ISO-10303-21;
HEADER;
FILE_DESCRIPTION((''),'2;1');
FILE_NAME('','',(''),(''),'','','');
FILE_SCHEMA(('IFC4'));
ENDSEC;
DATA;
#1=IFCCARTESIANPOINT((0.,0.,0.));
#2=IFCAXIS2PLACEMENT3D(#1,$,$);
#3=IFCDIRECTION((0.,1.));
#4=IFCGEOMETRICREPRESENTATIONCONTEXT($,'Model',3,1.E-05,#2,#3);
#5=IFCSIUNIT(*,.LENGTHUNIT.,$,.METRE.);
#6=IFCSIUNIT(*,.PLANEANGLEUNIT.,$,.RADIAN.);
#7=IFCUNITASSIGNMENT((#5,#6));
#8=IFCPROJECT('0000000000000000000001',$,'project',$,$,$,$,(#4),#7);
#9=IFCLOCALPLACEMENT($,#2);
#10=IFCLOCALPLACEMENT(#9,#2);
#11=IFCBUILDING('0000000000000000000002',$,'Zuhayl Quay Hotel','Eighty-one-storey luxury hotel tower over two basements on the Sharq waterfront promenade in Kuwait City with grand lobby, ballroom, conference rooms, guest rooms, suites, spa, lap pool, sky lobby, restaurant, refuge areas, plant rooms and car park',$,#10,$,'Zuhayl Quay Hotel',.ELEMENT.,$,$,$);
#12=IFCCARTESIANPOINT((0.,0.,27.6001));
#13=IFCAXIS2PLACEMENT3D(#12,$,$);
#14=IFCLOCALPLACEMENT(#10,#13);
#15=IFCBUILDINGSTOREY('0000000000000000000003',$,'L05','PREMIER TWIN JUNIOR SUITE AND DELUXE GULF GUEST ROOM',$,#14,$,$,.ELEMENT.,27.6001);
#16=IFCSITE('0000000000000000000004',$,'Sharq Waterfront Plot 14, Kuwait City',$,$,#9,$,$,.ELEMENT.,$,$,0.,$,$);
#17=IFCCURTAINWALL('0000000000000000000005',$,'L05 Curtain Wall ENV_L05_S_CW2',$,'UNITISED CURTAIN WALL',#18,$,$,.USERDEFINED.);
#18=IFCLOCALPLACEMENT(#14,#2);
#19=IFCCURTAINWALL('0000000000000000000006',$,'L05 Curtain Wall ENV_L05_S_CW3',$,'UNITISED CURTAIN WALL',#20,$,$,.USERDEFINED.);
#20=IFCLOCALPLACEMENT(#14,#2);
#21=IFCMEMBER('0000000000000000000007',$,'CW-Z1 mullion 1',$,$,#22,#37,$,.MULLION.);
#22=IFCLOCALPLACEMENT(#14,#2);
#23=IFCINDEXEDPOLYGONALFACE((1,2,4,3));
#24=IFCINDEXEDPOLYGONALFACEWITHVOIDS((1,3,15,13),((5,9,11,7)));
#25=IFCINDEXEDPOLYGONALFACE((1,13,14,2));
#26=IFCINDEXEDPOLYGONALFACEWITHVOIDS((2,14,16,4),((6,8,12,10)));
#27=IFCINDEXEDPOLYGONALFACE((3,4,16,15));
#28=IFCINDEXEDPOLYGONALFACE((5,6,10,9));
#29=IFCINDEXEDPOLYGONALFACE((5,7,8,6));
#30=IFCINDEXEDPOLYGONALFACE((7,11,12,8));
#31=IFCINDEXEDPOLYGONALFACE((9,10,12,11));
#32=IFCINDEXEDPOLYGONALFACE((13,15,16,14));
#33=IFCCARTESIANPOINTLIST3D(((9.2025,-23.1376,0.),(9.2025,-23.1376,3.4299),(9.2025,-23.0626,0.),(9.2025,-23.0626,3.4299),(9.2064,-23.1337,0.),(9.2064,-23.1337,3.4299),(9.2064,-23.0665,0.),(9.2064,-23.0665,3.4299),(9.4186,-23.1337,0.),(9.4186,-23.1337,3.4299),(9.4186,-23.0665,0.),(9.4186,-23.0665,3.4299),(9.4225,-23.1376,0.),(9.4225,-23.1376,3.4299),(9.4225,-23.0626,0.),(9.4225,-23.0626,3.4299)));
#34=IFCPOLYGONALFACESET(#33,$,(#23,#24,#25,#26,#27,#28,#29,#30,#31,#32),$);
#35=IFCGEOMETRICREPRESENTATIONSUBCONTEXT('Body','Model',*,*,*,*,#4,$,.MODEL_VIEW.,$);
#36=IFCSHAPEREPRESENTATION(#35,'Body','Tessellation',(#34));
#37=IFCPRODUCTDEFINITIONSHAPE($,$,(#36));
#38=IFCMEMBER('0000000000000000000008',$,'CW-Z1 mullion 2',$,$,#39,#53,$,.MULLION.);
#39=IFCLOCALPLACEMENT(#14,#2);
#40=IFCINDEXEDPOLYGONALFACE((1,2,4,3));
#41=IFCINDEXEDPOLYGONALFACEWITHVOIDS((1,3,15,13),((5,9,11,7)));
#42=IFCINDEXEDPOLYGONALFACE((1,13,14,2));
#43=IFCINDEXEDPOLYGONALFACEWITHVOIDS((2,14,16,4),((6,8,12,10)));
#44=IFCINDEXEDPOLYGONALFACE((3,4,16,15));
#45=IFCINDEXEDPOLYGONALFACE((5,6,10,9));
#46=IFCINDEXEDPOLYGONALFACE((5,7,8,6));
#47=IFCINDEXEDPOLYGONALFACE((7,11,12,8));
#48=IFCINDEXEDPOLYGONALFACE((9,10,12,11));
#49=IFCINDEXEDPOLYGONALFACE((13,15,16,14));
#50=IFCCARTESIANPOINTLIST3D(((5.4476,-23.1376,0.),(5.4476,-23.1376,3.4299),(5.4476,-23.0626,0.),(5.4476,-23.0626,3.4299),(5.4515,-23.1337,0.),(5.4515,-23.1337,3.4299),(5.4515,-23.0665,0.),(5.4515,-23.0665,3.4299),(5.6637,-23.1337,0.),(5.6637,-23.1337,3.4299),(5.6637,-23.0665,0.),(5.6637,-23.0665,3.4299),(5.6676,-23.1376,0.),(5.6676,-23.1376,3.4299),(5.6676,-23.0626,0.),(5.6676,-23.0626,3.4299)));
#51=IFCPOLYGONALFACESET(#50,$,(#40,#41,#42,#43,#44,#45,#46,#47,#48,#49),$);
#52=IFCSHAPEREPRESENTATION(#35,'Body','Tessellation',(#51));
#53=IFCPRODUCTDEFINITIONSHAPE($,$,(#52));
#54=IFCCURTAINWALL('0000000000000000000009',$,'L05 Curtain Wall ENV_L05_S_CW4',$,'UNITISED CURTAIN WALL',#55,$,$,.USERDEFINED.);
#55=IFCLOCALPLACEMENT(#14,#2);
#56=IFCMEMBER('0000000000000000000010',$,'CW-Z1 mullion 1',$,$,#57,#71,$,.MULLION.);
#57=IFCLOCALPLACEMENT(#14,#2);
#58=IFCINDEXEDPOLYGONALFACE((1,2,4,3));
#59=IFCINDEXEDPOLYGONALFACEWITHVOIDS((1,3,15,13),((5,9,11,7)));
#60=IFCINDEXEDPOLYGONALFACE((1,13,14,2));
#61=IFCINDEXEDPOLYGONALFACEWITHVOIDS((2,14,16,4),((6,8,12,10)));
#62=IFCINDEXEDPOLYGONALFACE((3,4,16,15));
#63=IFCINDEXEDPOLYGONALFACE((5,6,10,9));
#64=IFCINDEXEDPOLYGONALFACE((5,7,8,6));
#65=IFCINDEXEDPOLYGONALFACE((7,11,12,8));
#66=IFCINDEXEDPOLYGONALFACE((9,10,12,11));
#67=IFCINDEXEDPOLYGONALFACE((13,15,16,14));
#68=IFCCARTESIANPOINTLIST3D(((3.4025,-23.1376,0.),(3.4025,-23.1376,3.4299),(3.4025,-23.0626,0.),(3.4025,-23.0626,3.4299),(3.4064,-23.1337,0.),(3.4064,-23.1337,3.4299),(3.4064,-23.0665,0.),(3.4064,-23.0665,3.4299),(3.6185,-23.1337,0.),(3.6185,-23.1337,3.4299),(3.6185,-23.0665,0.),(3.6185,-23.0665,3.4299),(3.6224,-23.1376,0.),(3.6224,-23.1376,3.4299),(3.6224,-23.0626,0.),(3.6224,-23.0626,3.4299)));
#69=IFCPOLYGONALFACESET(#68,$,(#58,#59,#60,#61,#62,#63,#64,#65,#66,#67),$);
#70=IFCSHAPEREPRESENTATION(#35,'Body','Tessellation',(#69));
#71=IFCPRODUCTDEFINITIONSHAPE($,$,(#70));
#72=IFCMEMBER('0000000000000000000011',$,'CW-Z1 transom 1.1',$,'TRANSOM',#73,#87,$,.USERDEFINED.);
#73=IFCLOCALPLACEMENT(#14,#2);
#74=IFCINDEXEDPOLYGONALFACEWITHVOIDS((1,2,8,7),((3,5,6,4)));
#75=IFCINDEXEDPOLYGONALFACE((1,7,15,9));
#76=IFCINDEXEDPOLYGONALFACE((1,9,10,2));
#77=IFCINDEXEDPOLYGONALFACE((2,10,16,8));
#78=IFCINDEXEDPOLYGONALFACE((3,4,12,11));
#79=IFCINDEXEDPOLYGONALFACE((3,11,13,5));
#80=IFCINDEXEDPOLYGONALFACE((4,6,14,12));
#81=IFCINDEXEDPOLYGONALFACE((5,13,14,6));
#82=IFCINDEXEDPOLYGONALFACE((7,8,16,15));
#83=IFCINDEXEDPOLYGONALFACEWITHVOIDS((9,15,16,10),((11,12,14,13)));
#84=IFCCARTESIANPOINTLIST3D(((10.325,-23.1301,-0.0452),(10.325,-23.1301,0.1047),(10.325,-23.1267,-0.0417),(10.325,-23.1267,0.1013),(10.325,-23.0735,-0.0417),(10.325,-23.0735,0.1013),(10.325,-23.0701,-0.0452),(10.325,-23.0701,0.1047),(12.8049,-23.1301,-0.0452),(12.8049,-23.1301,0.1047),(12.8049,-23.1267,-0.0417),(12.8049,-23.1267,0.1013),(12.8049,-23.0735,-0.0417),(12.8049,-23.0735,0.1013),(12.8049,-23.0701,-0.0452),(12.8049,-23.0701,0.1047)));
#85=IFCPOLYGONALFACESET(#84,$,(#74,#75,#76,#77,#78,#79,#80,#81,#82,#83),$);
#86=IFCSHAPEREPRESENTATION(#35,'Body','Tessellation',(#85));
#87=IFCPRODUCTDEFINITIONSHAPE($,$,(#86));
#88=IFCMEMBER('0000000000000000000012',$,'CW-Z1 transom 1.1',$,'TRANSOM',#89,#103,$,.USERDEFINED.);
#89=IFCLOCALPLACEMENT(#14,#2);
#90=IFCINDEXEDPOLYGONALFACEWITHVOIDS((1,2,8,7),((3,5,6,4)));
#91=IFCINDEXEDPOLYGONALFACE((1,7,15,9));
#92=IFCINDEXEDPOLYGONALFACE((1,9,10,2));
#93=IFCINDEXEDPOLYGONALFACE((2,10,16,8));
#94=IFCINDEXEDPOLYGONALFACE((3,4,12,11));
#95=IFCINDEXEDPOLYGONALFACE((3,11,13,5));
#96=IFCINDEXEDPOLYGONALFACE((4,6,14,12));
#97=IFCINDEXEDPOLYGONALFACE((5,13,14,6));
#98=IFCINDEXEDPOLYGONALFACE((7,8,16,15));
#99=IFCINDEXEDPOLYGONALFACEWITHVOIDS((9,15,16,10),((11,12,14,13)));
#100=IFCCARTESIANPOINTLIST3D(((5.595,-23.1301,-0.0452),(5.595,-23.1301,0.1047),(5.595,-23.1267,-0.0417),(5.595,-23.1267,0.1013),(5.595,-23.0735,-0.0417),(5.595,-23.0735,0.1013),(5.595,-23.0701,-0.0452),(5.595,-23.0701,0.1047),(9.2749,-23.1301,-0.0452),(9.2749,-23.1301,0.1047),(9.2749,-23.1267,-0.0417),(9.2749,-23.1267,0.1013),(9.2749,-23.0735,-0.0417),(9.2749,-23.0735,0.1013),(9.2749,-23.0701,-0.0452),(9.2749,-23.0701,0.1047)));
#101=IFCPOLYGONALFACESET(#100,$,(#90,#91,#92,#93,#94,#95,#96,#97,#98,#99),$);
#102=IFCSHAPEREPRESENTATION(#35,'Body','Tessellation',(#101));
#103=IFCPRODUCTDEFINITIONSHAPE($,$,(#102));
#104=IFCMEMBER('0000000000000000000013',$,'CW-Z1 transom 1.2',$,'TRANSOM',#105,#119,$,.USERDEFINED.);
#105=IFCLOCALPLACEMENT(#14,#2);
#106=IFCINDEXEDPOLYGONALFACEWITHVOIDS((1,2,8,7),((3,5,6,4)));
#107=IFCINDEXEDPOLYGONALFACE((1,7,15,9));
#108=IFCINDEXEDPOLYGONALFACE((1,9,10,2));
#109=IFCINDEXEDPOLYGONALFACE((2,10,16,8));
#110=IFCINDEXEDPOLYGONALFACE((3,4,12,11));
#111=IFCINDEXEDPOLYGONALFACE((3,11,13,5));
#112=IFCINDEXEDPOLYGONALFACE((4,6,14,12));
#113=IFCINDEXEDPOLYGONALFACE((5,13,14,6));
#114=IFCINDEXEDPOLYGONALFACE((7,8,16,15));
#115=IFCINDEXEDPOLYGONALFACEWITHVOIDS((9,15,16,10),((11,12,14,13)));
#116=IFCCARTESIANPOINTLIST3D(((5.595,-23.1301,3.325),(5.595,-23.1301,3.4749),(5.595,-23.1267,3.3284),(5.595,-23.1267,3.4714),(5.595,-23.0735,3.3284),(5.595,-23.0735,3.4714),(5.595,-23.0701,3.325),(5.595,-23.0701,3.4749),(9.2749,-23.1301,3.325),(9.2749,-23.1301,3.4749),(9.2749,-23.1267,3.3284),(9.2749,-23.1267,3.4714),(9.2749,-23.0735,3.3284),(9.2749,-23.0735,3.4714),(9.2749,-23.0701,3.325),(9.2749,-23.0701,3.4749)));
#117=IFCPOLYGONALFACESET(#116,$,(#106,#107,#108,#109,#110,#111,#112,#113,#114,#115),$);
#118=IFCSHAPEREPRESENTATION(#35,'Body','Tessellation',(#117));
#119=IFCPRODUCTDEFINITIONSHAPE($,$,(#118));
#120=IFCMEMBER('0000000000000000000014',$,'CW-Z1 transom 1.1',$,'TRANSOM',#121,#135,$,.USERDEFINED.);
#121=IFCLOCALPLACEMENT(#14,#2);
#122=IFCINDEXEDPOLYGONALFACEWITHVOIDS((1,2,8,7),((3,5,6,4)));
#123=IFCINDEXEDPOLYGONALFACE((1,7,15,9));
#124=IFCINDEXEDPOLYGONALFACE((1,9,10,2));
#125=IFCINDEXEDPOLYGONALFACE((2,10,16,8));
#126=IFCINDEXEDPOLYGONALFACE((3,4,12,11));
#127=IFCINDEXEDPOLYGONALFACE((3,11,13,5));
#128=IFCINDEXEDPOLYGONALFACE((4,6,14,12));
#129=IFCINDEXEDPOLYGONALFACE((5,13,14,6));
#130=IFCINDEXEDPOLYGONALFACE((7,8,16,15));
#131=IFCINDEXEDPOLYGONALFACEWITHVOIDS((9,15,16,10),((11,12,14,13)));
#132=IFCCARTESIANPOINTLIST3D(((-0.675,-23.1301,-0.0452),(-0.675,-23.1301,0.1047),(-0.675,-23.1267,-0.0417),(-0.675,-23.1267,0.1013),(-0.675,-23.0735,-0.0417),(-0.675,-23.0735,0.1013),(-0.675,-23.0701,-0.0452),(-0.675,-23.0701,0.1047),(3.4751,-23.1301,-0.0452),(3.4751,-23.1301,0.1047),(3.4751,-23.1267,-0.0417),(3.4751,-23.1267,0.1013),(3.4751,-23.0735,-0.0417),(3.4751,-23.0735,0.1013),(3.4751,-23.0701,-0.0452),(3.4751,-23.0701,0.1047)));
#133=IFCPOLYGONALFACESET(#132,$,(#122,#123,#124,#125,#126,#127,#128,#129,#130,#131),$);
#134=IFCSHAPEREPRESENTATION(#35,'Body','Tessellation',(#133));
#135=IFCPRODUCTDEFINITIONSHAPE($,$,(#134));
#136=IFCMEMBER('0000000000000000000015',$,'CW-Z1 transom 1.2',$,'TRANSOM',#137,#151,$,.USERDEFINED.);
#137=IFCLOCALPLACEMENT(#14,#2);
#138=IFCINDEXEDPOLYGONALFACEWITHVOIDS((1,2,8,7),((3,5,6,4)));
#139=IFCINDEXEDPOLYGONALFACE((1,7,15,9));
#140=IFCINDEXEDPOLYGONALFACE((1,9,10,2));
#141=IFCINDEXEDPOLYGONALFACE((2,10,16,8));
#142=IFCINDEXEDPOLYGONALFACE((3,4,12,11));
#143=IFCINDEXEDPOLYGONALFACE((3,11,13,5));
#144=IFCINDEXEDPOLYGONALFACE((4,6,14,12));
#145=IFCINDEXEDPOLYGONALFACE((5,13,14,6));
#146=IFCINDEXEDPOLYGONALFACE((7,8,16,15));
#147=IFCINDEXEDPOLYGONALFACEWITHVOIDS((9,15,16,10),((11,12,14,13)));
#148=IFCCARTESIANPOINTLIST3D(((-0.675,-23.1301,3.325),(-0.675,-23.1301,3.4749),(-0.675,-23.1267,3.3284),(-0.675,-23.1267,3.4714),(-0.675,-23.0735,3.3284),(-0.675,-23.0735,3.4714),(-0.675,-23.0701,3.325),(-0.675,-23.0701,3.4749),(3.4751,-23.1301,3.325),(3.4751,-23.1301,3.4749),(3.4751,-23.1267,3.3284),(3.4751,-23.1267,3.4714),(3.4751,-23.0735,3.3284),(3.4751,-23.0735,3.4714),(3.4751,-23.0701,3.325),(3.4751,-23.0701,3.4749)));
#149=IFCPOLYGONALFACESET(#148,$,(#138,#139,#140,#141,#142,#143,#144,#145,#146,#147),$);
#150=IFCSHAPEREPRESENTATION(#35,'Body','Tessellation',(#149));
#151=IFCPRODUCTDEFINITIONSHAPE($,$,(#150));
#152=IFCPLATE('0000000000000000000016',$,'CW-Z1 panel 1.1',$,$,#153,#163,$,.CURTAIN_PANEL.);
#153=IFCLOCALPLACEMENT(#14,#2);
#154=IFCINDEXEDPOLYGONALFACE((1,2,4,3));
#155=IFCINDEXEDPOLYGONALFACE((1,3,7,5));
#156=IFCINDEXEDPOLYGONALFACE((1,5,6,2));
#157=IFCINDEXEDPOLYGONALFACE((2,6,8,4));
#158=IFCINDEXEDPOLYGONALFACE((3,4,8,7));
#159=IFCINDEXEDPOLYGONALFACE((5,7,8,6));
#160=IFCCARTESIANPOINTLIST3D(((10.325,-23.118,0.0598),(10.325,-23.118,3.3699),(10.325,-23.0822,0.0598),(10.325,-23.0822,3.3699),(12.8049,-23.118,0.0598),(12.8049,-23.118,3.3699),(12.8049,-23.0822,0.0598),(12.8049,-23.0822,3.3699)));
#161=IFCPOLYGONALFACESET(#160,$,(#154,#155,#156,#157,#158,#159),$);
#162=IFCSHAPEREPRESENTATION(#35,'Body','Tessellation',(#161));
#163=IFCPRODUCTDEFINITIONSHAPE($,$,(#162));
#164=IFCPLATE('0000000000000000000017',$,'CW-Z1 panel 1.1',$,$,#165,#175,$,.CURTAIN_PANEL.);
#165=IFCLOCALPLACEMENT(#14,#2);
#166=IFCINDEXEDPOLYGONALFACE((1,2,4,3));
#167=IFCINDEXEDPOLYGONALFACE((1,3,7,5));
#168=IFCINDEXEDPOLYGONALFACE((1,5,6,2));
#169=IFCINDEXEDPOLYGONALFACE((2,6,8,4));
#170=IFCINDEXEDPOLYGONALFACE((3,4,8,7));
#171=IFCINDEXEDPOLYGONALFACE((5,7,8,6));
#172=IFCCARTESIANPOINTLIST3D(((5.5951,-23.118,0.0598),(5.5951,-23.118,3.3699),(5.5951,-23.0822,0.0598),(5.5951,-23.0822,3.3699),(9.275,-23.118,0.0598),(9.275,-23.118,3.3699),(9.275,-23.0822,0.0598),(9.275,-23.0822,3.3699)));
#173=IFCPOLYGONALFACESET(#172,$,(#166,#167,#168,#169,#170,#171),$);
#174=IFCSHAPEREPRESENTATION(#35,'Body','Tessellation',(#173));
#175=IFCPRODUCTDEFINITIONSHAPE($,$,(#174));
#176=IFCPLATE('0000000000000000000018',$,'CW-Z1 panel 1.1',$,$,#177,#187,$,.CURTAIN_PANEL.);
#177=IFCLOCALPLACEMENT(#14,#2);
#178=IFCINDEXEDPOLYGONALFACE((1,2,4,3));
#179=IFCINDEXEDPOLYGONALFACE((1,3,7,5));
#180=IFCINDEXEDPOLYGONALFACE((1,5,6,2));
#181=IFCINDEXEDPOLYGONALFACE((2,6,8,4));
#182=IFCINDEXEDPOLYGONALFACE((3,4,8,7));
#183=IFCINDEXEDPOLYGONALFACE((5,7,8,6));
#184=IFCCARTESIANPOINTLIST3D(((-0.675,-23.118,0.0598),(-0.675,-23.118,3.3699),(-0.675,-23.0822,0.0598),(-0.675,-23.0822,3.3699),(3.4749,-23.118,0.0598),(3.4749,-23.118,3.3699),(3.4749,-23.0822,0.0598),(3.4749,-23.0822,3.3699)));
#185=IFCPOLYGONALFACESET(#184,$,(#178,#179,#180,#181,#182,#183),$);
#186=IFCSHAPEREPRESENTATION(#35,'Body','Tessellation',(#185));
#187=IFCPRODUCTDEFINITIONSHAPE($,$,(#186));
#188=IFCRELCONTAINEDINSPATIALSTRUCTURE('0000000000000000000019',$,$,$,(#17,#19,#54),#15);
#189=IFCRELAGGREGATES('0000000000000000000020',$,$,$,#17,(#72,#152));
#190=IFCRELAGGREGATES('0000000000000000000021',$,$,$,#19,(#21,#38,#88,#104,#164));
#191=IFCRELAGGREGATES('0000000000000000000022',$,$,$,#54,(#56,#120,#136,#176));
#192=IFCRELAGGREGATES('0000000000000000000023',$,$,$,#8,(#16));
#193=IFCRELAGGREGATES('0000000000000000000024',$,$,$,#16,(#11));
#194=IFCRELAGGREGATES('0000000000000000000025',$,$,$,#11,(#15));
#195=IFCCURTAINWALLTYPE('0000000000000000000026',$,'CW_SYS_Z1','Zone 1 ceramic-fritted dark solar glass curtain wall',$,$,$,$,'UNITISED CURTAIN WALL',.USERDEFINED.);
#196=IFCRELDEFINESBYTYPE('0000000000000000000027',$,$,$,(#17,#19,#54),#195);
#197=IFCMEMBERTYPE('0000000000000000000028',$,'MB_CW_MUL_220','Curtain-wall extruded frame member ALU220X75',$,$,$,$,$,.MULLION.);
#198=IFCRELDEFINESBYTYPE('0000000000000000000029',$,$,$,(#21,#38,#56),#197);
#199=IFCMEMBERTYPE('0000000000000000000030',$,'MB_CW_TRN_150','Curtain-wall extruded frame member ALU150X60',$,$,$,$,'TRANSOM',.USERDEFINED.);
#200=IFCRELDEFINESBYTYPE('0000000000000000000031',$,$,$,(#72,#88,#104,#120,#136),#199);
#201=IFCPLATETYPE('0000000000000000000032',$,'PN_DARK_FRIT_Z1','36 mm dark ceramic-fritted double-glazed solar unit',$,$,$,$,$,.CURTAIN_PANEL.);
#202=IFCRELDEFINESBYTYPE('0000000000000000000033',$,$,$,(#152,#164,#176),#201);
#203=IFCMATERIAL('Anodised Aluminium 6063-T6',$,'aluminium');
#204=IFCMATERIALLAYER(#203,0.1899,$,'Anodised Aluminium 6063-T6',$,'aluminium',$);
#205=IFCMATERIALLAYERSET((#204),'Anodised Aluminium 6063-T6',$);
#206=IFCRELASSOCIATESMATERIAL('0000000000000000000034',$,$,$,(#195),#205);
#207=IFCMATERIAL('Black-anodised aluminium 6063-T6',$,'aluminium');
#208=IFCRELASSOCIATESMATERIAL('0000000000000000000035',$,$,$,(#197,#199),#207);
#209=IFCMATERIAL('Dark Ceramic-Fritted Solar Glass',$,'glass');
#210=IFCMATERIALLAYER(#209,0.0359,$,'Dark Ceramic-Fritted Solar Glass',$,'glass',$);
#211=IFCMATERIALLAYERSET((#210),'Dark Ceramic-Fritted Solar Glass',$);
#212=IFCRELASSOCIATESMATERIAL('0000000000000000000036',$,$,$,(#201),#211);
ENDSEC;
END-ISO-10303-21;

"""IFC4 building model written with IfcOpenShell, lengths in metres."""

from ifc_helpers import new_model, si_unit, direction, frame, origin, origin_2d, place, context, subcontext, project, spatial, rectangle, hollow_rectangle, extrude, material, layer, layer_set, material_profile, profile_set, type_object, element, aggregate, save


model = new_model("IFC4")

# Units and contexts
model_context = context("Model", 3, precision=1e-05, world=origin(), true_north=direction((0.0, 1.0)))
body_context = subcontext(model_context, "Body", "Model", "MODEL_VIEW")
ifc_project = project(units=[si_unit("LENGTHUNIT", "METRE"), si_unit("PLANEANGLEUNIT", "RADIAN")], contexts=[model_context])

# Site, building, storey
site_placement = place(None, origin())
site = spatial("IfcSite", under=ifc_project, at=site_placement, Name="Sharq Waterfront Plot 14, Kuwait City", CompositionType="ELEMENT", RefElevation=0.0)
building_placement = place(site_placement, origin())
building = spatial("IfcBuilding", under=site, at=building_placement, Name="Zuhayl Quay Hotel", Description="Eighty-one-storey luxury hotel tower over two basements on the Sharq waterfront promenade in Kuwait City with grand lobby, ballroom, conference rooms, guest rooms, suites, spa, lap pool, sky lobby, restaurant, refuge areas, plant rooms and car park", LongName="Zuhayl Quay Hotel", CompositionType="ELEMENT")
storey_placement = place(building_placement, frame((0.0, 0.0, 27.6001)))
storey = spatial("IfcBuildingStorey", under=building, at=storey_placement, Name="L05", Description="PREMIER TWIN JUNIOR SUITE AND DELUXE GULF GUEST ROOM", CompositionType="ELEMENT", Elevation=27.6001)

# Curtain wall
ifc_material_1 = material(Name="Anodised Aluminium 6063-T6", Category="aluminium")
ifc_layer_1 = layer(ifc_material_1, 0.1899, Name="Anodised Aluminium 6063-T6", Category="aluminium")
ifc_layer_set_1 = layer_set([ifc_layer_1], Name="Anodised Aluminium 6063-T6")
curtain_wall_type = type_object("IfcCurtainWallType", Name="CW_SYS_Z1", Description="Zone 1 ceramic-fritted dark solar glass curtain wall", ElementType="UNITISED CURTAIN WALL", PredefinedType="USERDEFINED", material=ifc_layer_set_1)
curtain_wall_1_placement = place(storey_placement, origin())
curtain_wall_1 = element("IfcCurtainWall", 1, at=curtain_wall_1_placement, inside=storey, type_object=curtain_wall_type, Name="L05 Curtain Wall ENV_L05_S_CW2", ObjectType="UNITISED CURTAIN WALL", PredefinedType="USERDEFINED")
ifc_material_2 = material(Name="Black-anodised aluminium 6063-T6", Category="aluminium")
ifc_material_profile_1 = material_profile(ifc_material_2, hollow_rectangle(XDim=0.075, YDim=0.22, WallThickness=0.0039, at=origin_2d()), Name="ALU220X75")
ifc_profile_set_1 = profile_set([ifc_material_profile_1], Name="Black-anodised aluminium 6063-T6")
member_type_1 = type_object("IfcMemberType", Name="MB_CW_MUL_220", Description="Curtain-wall extruded frame member ALU220X75", PredefinedType="MULLION", material=ifc_profile_set_1)

# Curtain wall, members
curtain_wall_2_placement = place(storey_placement, origin())
curtain_wall_2 = element("IfcCurtainWall", 2, at=curtain_wall_2_placement, inside=storey, type_object=curtain_wall_type, Name="L05 Curtain Wall ENV_L05_S_CW3", ObjectType="UNITISED CURTAIN WALL", PredefinedType="USERDEFINED")
member_1_placement = place(storey_placement, frame((9.3125, -23.1001, 0.0), z_axis=(0.0, 0.0, 1.0), x_axis=(0.0, -1.0, 0.0)))
member_1 = element("IfcMember", 3, at=member_1_placement, type_object=member_type_1, Name="CW-Z1 mullion 1", PredefinedType="MULLION", context=body_context, shape_type="SweptSolid", body=[
    extrude(hollow_rectangle(XDim=0.075, YDim=0.22, WallThickness=0.0039, at=origin_2d()), origin(), (0.0, 0.0, 1.0), 3.4299),
])
member_2_placement = place(storey_placement, frame((5.5576, -23.1001, 0.0), z_axis=(0.0, 0.0, 1.0), x_axis=(0.0, -1.0, 0.0)))
member_2 = element("IfcMember", 4, at=member_2_placement, type_object=member_type_1, Name="CW-Z1 mullion 2", PredefinedType="MULLION", context=body_context, shape_type="SweptSolid", body=[
    extrude(hollow_rectangle(XDim=0.075, YDim=0.22, WallThickness=0.0039, at=origin_2d()), origin(), (0.0, 0.0, 1.0), 3.4299),
])

# Curtain wall, member
curtain_wall_3_placement = place(storey_placement, origin())
curtain_wall_3 = element("IfcCurtainWall", 5, at=curtain_wall_3_placement, inside=storey, type_object=curtain_wall_type, Name="L05 Curtain Wall ENV_L05_S_CW4", ObjectType="UNITISED CURTAIN WALL", PredefinedType="USERDEFINED")
member_3_placement = place(storey_placement, frame((3.5125, -23.1001, 0.0), z_axis=(0.0, 0.0, 1.0), x_axis=(0.0, -1.0, 0.0)))
member_3 = element("IfcMember", 6, at=member_3_placement, type_object=member_type_1, Name="CW-Z1 mullion 1", PredefinedType="MULLION", context=body_context, shape_type="SweptSolid", body=[
    extrude(hollow_rectangle(XDim=0.075, YDim=0.22, WallThickness=0.0039, at=origin_2d()), origin(), (0.0, 0.0, 1.0), 3.4299),
])

# Members
ifc_material_profile_2 = material_profile(ifc_material_2, hollow_rectangle(XDim=0.0601, YDim=0.1499, WallThickness=0.0034, at=origin_2d()), Name="ALU150X60")
ifc_profile_set_2 = profile_set([ifc_material_profile_2], Name="Black-anodised aluminium 6063-T6")
member_type_2 = type_object("IfcMemberType", Name="MB_CW_TRN_150", Description="Curtain-wall extruded frame member ALU150X60", ElementType="TRANSOM", PredefinedType="USERDEFINED", material=ifc_profile_set_2)
member_4_placement = place(storey_placement, frame((12.8049, -23.1001, 0.0298), z_axis=(-1.0, 0.0, 0.0), x_axis=(0.0, -1.0, 0.0)))
member_4 = element("IfcMember", 7, at=member_4_placement, type_object=member_type_2, Name="CW-Z1 transom 1.1", ObjectType="TRANSOM", PredefinedType="USERDEFINED", context=body_context, shape_type="SweptSolid", body=[
    extrude(hollow_rectangle(XDim=0.0601, YDim=0.1499, WallThickness=0.0034, at=origin_2d()), origin(), (0.0, 0.0, 1.0), 2.48),
])
member_5_placement = place(storey_placement, frame((9.2749, -23.1001, 0.0298), z_axis=(-1.0, 0.0, 0.0), x_axis=(0.0, -1.0, 0.0)))
member_5 = element("IfcMember", 8, at=member_5_placement, type_object=member_type_2, Name="CW-Z1 transom 1.1", ObjectType="TRANSOM", PredefinedType="USERDEFINED", context=body_context, shape_type="SweptSolid", body=[
    extrude(hollow_rectangle(XDim=0.0601, YDim=0.1499, WallThickness=0.0034, at=origin_2d()), origin(), (0.0, 0.0, 1.0), 3.6799),
])
member_6_placement = place(storey_placement, frame((9.2749, -23.1001, 3.3999), z_axis=(-1.0, 0.0, 0.0), x_axis=(0.0, -1.0, 0.0)))
member_6 = element("IfcMember", 9, at=member_6_placement, type_object=member_type_2, Name="CW-Z1 transom 1.2", ObjectType="TRANSOM", PredefinedType="USERDEFINED", context=body_context, shape_type="SweptSolid", body=[
    extrude(hollow_rectangle(XDim=0.0601, YDim=0.1499, WallThickness=0.0034, at=origin_2d()), origin(), (0.0, 0.0, 1.0), 3.6799),
])
member_7_placement = place(storey_placement, frame((3.4751, -23.1001, 0.0298), z_axis=(-1.0, 0.0, 0.0), x_axis=(0.0, -1.0, 0.0)))
member_7 = element("IfcMember", 10, at=member_7_placement, type_object=member_type_2, Name="CW-Z1 transom 1.1", ObjectType="TRANSOM", PredefinedType="USERDEFINED", context=body_context, shape_type="SweptSolid", body=[
    extrude(hollow_rectangle(XDim=0.0601, YDim=0.1499, WallThickness=0.0034, at=origin_2d()), origin(), (0.0, 0.0, 1.0), 4.1501),
])
member_8_placement = place(storey_placement, frame((3.4751, -23.1001, 3.3999), z_axis=(-1.0, 0.0, 0.0), x_axis=(0.0, -1.0, 0.0)))
member_8 = element("IfcMember", 11, at=member_8_placement, type_object=member_type_2, Name="CW-Z1 transom 1.2", ObjectType="TRANSOM", PredefinedType="USERDEFINED", context=body_context, shape_type="SweptSolid", body=[
    extrude(hollow_rectangle(XDim=0.0601, YDim=0.1499, WallThickness=0.0034, at=origin_2d()), origin(), (0.0, 0.0, 1.0), 4.1501),
])

# Plates
ifc_material_3 = material(Name="Dark Ceramic-Fritted Solar Glass", Category="glass")
ifc_layer_2 = layer(ifc_material_3, 0.0359, Name="Dark Ceramic-Fritted Solar Glass", Category="glass")
ifc_layer_set_2 = layer_set([ifc_layer_2], Name="Dark Ceramic-Fritted Solar Glass")
plate_type = type_object("IfcPlateType", Name="PN_DARK_FRIT_Z1", Description="36 mm dark ceramic-fritted double-glazed solar unit", PredefinedType="CURTAIN_PANEL", material=ifc_layer_set_2)
plate_1_placement = place(storey_placement, frame((11.5649, -23.1001, 0.0598), z_axis=(0.0, 0.0, 1.0), x_axis=(-1.0, 0.0, 0.0)))
plate_1 = element("IfcPlate", 12, at=plate_1_placement, type_object=plate_type, Name="CW-Z1 panel 1.1", PredefinedType="CURTAIN_PANEL", context=body_context, shape_type="SweptSolid", body=[
    extrude(rectangle(XDim=2.48, YDim=0.0359, at=origin_2d()), origin(), (0.0, 0.0, 1.0), 3.3101),
])
aggregate(curtain_wall_1, [member_4, plate_1])
plate_2_placement = place(storey_placement, frame((7.4351, -23.1001, 0.0598), z_axis=(0.0, 0.0, 1.0), x_axis=(-1.0, 0.0, 0.0)))
plate_2 = element("IfcPlate", 13, at=plate_2_placement, type_object=plate_type, Name="CW-Z1 panel 1.1", PredefinedType="CURTAIN_PANEL", context=body_context, shape_type="SweptSolid", body=[
    extrude(rectangle(XDim=3.6799, YDim=0.0359, at=origin_2d()), origin(), (0.0, 0.0, 1.0), 3.3101),
])
aggregate(curtain_wall_2, [member_1, member_2, member_5, member_6, plate_2])
plate_3_placement = place(storey_placement, frame((1.3999, -23.1001, 0.0598), z_axis=(0.0, 0.0, 1.0), x_axis=(-1.0, 0.0, 0.0)))
plate_3 = element("IfcPlate", 14, at=plate_3_placement, type_object=plate_type, Name="CW-Z1 panel 1.1", PredefinedType="CURTAIN_PANEL", context=body_context, shape_type="SweptSolid", body=[
    extrude(rectangle(XDim=4.1499, YDim=0.0359, at=origin_2d()), origin(), (0.0, 0.0, 1.0), 3.3101),
])
aggregate(curtain_wall_3, [member_3, member_7, member_8, plate_3])

save(model, "model.ifc")
